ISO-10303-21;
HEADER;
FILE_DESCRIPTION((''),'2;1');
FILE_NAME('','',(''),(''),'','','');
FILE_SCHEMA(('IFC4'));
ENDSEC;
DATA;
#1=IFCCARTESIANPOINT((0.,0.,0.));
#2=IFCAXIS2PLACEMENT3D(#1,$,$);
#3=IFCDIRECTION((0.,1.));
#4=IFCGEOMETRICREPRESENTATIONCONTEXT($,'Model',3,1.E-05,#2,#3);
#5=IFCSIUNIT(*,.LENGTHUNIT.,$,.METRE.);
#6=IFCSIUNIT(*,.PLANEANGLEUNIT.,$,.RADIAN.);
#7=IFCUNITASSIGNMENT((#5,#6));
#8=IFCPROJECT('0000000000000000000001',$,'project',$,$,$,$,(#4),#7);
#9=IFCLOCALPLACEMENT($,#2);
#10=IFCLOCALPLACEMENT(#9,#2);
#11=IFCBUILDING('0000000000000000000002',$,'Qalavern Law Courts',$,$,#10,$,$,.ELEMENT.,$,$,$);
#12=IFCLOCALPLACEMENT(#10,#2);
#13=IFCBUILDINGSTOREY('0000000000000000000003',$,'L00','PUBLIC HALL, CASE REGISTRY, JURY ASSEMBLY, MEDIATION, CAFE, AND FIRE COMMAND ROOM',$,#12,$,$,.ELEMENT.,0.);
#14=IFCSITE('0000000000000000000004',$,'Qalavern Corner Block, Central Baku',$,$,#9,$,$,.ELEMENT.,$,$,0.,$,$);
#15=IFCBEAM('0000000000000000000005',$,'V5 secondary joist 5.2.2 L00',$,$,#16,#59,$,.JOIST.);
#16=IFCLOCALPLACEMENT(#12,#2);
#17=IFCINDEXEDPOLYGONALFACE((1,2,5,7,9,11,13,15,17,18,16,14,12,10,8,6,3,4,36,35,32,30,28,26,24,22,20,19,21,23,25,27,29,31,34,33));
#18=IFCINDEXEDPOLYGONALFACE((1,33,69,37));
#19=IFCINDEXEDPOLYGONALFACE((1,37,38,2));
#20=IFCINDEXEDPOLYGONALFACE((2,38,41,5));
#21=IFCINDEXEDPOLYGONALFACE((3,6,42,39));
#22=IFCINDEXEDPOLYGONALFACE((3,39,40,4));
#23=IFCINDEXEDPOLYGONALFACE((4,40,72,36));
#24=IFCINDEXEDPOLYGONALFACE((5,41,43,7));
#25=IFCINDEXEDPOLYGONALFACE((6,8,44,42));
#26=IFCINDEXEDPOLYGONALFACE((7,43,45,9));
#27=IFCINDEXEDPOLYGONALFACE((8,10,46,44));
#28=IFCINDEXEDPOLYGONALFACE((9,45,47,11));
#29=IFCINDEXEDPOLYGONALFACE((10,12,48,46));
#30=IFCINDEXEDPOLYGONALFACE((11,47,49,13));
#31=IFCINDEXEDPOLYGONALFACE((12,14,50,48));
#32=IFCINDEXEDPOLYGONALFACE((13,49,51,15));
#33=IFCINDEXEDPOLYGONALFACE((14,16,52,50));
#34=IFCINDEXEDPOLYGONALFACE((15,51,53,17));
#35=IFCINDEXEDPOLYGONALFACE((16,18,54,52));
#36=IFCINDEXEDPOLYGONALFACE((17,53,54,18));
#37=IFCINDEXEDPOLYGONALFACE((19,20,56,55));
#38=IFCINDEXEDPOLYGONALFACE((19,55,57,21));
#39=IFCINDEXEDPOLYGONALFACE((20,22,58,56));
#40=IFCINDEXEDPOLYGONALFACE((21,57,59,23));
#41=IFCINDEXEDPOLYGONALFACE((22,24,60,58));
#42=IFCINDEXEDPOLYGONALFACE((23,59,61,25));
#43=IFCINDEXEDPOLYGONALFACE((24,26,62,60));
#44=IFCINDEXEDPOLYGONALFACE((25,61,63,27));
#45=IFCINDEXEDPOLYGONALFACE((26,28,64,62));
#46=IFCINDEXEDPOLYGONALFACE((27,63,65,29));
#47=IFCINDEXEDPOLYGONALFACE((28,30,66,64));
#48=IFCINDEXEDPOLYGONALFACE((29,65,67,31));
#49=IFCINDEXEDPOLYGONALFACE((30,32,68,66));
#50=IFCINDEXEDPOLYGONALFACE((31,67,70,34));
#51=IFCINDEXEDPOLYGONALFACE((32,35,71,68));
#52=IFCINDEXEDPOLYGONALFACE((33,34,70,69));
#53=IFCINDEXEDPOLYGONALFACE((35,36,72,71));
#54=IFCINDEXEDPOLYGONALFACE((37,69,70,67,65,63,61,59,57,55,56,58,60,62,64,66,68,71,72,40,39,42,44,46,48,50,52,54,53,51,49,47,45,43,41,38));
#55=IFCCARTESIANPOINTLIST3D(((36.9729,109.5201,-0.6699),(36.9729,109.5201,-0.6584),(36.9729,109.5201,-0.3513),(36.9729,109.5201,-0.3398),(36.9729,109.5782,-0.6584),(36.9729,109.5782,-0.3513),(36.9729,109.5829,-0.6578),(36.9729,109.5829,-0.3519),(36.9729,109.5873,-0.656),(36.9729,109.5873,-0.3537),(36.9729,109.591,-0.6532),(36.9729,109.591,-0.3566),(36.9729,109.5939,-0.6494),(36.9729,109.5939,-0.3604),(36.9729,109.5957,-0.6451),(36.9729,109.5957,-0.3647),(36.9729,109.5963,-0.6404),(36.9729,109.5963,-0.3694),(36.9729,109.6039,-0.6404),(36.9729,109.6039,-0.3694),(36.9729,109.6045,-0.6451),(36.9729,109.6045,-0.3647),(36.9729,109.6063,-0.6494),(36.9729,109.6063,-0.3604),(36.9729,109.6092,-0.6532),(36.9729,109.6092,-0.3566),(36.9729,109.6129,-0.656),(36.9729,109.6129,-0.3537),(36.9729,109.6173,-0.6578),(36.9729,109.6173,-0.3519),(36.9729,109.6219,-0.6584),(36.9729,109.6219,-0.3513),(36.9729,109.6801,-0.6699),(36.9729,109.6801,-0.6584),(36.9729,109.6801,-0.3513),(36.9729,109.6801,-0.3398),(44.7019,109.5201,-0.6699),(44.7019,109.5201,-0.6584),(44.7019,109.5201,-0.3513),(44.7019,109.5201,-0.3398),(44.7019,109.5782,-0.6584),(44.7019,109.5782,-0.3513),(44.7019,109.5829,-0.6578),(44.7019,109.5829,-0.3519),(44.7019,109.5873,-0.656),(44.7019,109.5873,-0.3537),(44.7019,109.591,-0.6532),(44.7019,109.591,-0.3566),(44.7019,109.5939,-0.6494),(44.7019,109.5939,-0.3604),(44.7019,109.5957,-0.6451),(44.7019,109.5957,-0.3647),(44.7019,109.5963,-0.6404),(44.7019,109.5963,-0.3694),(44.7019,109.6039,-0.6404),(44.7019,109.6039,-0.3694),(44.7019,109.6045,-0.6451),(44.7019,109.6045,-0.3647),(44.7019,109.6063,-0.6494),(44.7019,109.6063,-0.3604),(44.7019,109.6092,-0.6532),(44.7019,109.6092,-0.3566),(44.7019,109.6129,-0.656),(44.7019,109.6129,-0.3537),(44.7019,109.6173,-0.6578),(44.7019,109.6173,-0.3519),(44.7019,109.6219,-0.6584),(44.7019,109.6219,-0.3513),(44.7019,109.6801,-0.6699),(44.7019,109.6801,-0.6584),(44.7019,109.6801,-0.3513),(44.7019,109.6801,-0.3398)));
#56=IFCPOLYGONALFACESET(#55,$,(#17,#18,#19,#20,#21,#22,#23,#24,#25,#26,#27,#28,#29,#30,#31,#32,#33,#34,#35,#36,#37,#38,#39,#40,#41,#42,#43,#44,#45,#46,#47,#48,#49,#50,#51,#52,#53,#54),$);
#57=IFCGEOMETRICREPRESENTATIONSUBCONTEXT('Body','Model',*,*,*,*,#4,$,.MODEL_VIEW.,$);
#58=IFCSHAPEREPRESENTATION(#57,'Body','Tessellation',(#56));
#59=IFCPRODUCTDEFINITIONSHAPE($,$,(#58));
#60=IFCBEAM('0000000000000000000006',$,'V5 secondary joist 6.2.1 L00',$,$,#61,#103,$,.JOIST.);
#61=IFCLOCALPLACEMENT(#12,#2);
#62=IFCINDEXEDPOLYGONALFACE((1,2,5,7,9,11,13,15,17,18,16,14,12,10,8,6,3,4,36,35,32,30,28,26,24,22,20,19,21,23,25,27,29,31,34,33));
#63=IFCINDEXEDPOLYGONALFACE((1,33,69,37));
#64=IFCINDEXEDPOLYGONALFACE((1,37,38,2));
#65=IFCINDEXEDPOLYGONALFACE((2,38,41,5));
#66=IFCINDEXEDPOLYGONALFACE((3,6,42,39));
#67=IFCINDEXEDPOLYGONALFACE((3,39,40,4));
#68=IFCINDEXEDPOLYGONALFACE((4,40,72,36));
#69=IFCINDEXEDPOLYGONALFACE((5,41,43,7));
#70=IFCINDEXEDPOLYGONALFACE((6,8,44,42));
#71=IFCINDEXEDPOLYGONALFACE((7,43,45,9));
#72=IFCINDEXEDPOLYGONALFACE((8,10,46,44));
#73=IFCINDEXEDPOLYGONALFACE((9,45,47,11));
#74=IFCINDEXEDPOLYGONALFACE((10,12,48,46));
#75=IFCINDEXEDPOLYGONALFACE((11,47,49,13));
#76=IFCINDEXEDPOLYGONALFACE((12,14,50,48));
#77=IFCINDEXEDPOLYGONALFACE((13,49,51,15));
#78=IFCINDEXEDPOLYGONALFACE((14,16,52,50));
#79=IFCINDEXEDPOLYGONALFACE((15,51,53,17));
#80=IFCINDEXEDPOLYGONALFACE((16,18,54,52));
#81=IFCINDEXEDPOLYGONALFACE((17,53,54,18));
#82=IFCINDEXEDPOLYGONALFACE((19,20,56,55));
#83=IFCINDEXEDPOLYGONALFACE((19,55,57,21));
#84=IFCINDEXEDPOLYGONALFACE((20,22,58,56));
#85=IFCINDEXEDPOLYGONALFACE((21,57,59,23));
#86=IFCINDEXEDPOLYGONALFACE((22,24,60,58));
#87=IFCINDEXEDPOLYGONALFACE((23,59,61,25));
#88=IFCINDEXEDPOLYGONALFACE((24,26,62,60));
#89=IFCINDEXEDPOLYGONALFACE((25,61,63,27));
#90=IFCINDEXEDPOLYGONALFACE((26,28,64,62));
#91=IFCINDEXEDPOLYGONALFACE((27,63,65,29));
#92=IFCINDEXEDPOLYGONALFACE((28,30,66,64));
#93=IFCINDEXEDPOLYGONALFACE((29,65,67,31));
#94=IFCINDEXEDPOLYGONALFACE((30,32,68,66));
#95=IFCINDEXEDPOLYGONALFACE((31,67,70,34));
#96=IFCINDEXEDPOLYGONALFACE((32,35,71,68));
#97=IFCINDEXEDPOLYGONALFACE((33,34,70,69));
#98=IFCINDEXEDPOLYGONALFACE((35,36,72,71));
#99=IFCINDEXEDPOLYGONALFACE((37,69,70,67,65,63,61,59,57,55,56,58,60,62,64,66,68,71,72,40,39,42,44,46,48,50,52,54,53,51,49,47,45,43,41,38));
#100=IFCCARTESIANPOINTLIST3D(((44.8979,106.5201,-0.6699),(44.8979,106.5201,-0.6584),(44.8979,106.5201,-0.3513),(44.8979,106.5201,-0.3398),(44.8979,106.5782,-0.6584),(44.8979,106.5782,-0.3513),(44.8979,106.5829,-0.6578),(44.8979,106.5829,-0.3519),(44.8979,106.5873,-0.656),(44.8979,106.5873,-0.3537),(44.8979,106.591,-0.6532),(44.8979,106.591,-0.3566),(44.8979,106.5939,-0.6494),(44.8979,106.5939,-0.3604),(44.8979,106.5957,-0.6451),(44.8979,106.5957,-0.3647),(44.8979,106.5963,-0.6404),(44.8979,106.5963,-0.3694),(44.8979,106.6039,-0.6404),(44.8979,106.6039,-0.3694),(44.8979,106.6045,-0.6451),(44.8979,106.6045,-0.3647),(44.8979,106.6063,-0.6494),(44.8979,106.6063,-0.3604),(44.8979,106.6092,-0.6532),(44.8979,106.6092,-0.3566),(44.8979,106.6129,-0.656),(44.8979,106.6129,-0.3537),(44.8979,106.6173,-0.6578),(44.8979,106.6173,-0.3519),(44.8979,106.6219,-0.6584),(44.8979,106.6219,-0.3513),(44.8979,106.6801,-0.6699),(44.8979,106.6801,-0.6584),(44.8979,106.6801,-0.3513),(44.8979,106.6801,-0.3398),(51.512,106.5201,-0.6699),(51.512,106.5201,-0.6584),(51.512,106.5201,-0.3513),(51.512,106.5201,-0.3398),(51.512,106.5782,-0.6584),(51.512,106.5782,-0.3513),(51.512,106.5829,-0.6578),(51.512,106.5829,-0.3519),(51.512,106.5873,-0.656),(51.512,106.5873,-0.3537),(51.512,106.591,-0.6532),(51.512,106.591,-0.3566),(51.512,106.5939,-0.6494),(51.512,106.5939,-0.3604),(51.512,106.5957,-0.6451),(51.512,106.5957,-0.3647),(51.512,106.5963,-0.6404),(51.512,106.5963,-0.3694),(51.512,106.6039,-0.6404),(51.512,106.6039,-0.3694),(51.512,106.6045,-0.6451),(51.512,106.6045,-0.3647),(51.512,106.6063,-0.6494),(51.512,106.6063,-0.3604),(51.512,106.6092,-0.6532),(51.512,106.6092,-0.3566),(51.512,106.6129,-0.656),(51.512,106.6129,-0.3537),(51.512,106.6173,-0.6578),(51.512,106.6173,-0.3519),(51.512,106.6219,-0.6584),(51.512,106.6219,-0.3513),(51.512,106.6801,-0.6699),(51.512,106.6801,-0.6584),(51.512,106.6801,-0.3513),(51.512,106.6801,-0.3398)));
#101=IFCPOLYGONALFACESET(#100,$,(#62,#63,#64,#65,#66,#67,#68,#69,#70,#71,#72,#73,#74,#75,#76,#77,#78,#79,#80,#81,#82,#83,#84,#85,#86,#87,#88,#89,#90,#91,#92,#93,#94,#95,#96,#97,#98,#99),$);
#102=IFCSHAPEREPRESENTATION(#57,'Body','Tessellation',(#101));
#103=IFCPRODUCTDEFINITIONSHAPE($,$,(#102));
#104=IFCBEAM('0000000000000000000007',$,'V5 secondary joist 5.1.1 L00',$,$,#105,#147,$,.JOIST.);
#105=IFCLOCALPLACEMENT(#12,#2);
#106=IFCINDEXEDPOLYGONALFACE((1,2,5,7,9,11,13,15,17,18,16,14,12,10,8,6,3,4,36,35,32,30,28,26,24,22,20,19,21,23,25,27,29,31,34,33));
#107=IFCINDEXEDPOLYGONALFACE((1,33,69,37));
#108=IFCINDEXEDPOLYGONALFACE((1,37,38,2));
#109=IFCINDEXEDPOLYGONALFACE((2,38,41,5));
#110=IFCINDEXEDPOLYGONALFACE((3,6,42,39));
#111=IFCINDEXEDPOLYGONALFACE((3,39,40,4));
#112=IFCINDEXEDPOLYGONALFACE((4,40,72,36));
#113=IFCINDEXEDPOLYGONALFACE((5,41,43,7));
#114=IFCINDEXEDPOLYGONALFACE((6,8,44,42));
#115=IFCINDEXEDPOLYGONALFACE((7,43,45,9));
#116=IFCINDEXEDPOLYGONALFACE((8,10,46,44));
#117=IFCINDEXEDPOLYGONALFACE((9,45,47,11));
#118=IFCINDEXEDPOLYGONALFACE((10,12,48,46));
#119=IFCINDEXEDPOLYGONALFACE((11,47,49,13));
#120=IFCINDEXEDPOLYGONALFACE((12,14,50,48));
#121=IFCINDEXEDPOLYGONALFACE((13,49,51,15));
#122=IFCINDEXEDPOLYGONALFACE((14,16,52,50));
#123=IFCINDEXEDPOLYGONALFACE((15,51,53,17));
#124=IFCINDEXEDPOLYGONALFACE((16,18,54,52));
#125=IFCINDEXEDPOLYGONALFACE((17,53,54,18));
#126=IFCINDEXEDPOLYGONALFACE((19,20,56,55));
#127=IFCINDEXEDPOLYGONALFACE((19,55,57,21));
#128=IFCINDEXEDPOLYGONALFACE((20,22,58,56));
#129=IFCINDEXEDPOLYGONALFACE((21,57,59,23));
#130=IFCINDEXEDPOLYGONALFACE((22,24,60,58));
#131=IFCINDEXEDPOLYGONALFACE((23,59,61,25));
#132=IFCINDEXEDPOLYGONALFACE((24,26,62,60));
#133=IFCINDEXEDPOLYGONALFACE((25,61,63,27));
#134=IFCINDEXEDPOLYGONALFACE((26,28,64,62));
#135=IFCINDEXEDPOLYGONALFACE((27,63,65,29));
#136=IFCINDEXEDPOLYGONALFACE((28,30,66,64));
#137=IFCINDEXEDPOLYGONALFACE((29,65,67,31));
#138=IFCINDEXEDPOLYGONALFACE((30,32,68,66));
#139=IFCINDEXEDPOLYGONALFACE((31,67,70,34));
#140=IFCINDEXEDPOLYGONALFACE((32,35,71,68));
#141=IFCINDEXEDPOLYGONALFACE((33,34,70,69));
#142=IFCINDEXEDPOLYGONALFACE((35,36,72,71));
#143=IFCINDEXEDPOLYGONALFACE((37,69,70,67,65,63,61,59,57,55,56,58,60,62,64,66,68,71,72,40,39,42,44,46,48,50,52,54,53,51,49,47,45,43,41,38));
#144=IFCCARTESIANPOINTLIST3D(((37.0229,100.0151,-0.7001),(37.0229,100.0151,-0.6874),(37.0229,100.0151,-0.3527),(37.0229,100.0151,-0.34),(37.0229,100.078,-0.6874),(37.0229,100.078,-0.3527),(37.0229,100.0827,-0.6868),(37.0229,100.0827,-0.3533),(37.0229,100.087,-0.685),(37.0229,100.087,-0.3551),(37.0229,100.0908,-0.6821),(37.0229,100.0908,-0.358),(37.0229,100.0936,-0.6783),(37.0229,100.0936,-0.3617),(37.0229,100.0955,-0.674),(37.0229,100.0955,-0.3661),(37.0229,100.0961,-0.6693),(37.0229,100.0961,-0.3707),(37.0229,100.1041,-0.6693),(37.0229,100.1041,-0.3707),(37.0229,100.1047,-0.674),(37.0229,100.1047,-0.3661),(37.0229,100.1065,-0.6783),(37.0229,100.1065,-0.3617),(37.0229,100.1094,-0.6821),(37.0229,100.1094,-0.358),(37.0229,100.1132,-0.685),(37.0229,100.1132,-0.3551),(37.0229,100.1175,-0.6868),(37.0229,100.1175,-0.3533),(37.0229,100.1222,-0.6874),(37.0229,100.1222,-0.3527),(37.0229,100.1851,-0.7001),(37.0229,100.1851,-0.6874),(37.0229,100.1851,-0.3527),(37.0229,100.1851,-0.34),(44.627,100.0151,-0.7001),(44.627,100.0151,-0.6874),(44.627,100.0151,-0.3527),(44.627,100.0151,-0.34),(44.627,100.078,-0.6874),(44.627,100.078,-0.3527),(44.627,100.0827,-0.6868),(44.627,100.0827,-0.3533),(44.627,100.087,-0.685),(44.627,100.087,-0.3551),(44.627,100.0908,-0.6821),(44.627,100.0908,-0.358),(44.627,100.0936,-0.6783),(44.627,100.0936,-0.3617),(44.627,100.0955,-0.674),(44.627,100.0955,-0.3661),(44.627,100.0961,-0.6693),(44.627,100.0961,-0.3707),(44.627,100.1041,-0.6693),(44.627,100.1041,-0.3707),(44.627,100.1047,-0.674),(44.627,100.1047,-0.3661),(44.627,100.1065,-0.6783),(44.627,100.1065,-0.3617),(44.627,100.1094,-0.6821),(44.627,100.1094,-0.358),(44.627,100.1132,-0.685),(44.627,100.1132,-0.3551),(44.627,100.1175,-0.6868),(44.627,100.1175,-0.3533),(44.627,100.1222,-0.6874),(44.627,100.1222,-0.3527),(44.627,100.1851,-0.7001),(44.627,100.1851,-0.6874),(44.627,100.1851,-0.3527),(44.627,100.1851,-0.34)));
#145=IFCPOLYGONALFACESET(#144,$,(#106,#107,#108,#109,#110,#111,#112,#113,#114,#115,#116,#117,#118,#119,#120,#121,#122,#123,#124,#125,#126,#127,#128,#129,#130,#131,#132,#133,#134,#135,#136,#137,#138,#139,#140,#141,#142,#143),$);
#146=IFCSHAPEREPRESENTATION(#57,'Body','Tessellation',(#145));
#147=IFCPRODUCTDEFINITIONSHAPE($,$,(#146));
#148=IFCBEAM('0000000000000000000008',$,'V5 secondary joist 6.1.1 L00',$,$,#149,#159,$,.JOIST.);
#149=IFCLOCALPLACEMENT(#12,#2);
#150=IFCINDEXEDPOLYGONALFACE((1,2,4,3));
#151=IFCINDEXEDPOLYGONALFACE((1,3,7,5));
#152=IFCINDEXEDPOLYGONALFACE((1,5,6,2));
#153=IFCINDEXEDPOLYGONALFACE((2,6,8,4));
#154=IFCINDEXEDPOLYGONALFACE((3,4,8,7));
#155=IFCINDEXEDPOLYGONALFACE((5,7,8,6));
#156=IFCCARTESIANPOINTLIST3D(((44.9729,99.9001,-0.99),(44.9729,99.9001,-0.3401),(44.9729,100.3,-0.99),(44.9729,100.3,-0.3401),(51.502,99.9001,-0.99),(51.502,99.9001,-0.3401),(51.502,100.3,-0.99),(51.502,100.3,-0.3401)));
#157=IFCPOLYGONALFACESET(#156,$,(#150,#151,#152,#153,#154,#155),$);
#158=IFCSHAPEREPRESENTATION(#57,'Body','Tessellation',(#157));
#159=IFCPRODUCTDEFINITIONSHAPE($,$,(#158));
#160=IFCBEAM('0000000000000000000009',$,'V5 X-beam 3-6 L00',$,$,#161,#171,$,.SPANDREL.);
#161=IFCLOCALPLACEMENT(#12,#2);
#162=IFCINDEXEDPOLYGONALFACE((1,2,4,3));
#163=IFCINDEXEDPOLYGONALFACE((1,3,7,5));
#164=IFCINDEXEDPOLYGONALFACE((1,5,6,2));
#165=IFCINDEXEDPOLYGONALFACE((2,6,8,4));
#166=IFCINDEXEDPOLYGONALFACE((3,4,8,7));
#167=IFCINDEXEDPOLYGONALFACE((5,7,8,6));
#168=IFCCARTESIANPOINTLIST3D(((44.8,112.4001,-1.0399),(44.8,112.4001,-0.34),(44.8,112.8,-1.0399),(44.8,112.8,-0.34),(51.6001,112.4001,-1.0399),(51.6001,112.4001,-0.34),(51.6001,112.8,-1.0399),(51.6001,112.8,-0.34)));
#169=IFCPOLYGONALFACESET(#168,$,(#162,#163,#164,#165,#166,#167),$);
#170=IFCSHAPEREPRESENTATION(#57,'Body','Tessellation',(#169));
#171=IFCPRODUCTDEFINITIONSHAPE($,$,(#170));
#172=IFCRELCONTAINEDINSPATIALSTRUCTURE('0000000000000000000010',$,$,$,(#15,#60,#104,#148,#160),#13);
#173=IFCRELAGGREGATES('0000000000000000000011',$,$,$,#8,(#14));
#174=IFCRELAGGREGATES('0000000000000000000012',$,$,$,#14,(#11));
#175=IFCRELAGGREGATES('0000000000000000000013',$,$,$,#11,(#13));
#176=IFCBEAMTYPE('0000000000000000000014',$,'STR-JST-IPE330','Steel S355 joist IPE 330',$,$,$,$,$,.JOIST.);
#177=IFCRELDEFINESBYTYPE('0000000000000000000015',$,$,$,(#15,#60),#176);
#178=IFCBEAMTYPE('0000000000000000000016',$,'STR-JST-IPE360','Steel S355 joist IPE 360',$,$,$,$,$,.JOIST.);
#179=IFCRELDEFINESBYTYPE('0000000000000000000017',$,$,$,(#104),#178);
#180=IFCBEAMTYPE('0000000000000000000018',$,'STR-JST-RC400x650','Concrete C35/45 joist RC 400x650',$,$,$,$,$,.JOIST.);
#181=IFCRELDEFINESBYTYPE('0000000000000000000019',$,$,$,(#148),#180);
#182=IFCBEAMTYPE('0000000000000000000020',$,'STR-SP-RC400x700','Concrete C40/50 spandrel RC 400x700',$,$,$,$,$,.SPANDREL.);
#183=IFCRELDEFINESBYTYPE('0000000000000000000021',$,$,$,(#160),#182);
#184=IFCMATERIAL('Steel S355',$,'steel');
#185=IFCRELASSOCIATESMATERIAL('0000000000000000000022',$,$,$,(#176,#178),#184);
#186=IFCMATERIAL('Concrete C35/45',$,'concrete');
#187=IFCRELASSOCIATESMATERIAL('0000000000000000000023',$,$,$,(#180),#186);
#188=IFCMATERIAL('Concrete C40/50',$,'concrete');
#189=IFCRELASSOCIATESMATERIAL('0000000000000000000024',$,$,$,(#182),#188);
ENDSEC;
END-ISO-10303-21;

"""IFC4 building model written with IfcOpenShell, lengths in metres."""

from ifc_helpers import new_model, si_unit, direction, frame, origin, origin_2d, place, context, subcontext, project, spatial, rectangle, i_section, extrude, material, material_profile, profile_set, type_object, element, save


model = new_model("IFC4")

# Units and contexts
model_context = context("Model", 3, precision=1e-05, world=origin(), true_north=direction((0.0, 1.0)))
body_context = subcontext(model_context, "Body", "Model", "MODEL_VIEW")
ifc_project = project(units=[si_unit("LENGTHUNIT", "METRE"), si_unit("PLANEANGLEUNIT", "RADIAN")], contexts=[model_context])

# Site, building, storey
site_placement = place(None, origin())
site = spatial("IfcSite", under=ifc_project, at=site_placement, Name="Qalavern Corner Block, Central Baku", CompositionType="ELEMENT", RefElevation=0.0)
building_placement = place(site_placement, origin())
building = spatial("IfcBuilding", under=site, at=building_placement, Name="Qalavern Law Courts", CompositionType="ELEMENT")
storey_placement = place(building_placement, origin())
storey = spatial("IfcBuildingStorey", under=building, at=storey_placement, Name="L00", Description="PUBLIC HALL, CASE REGISTRY, JURY ASSEMBLY, MEDIATION, CAFE, AND FIRE COMMAND ROOM", CompositionType="ELEMENT", Elevation=0.0)

# Beams
ifc_material_1 = material(Name="Steel S355", Category="steel")
ifc_material_profile_1 = material_profile(ifc_material_1, i_section(OverallWidth=0.1599, OverallDepth=0.3301, WebThickness=0.0076, FlangeThickness=0.0115, FilletRadius=0.0181, at=origin_2d()), Name="IPE 330")
ifc_profile_set_1 = profile_set([ifc_material_profile_1], Name="Steel S355")
beam_type_1 = type_object("IfcBeamType", Name="STR-JST-IPE330", Description="Steel S355 joist IPE 330", PredefinedType="JOIST", material=ifc_profile_set_1)
beam_1_placement = place(storey_placement, frame((36.9729, 109.6001, -0.5049), z_axis=(1.0, 0.0, 0.0), x_axis=(0.0, 1.0, 0.0)))
element("IfcBeam", 1, at=beam_1_placement, inside=storey, type_object=beam_type_1, Name="V5 secondary joist 5.2.2 L00", PredefinedType="JOIST", context=body_context, shape_type="SweptSolid", body=[
    extrude(i_section(OverallWidth=0.1599, OverallDepth=0.3301, WebThickness=0.0076, FlangeThickness=0.0115, FilletRadius=0.0181, at=origin_2d()), origin(), (0.0, 0.0, 1.0), 7.729),
])
beam_2_placement = place(storey_placement, frame((44.8979, 106.6001, -0.5049), z_axis=(1.0, 0.0, 0.0), x_axis=(0.0, 1.0, 0.0)))
element("IfcBeam", 2, at=beam_2_placement, inside=storey, type_object=beam_type_1, Name="V5 secondary joist 6.2.1 L00", PredefinedType="JOIST", context=body_context, shape_type="SweptSolid", body=[
    extrude(i_section(OverallWidth=0.1599, OverallDepth=0.3301, WebThickness=0.0076, FlangeThickness=0.0115, FilletRadius=0.0181, at=origin_2d()), origin(), (0.0, 0.0, 1.0), 6.614),
])
ifc_material_profile_2 = material_profile(ifc_material_1, i_section(OverallWidth=0.1699, OverallDepth=0.3601, WebThickness=0.0081, FlangeThickness=0.0127, FilletRadius=0.0181, at=origin_2d()), Name="IPE 360")
ifc_profile_set_2 = profile_set([ifc_material_profile_2], Name="Steel S355")
beam_type_2 = type_object("IfcBeamType", Name="STR-JST-IPE360", Description="Steel S355 joist IPE 360", PredefinedType="JOIST", material=ifc_profile_set_2)
beam_3_placement = place(storey_placement, frame((37.0229, 100.1001, -0.52), z_axis=(1.0, 0.0, 0.0), x_axis=(0.0, 1.0, 0.0)))
element("IfcBeam", 3, at=beam_3_placement, inside=storey, type_object=beam_type_2, Name="V5 secondary joist 5.1.1 L00", PredefinedType="JOIST", context=body_context, shape_type="SweptSolid", body=[
    extrude(i_section(OverallWidth=0.1699, OverallDepth=0.3601, WebThickness=0.0081, FlangeThickness=0.0127, FilletRadius=0.0181, at=origin_2d()), origin(), (0.0, 0.0, 1.0), 7.604),
])
ifc_material_2 = material(Name="Concrete C35/45", Category="concrete")
ifc_material_profile_3 = material_profile(ifc_material_2, rectangle(XDim=0.3999, YDim=0.6499, at=origin_2d()), Name="RC 400x650")
ifc_profile_set_3 = profile_set([ifc_material_profile_3], Name="Concrete C35/45")
beam_type_3 = type_object("IfcBeamType", Name="STR-JST-RC400x650", Description="Concrete C35/45 joist RC 400x650", PredefinedType="JOIST", material=ifc_profile_set_3)
beam_4_placement = place(storey_placement, frame((44.9729, 100.1001, -0.665), z_axis=(1.0, 0.0, 0.0), x_axis=(0.0, 1.0, 0.0)))
element("IfcBeam", 4, at=beam_4_placement, inside=storey, type_object=beam_type_3, Name="V5 secondary joist 6.1.1 L00", PredefinedType="JOIST", context=body_context, shape_type="SweptSolid", body=[
    extrude(rectangle(XDim=0.3999, YDim=0.6499, at=origin_2d()), origin(), (0.0, 0.0, 1.0), 6.5291),
])
ifc_material_3 = material(Name="Concrete C40/50", Category="concrete")
ifc_material_profile_4 = material_profile(ifc_material_3, rectangle(XDim=0.3999, YDim=0.7, at=origin_2d()), Name="RC 400x700")
ifc_profile_set_4 = profile_set([ifc_material_profile_4], Name="Concrete C40/50")
beam_type_4 = type_object("IfcBeamType", Name="STR-SP-RC400x700", Description="Concrete C40/50 spandrel RC 400x700", PredefinedType="SPANDREL", material=ifc_profile_set_4)
beam_5_placement = place(storey_placement, frame((44.8, 112.6001, -0.6899), z_axis=(1.0, 0.0, 0.0), x_axis=(0.0, 1.0, 0.0)))
element("IfcBeam", 5, at=beam_5_placement, inside=storey, type_object=beam_type_4, Name="V5 X-beam 3-6 L00", PredefinedType="SPANDREL", context=body_context, shape_type="SweptSolid", body=[
    extrude(rectangle(XDim=0.3999, YDim=0.7, at=origin_2d()), origin(), (0.0, 0.0, 1.0), 6.8),
])

save(model, "model.ifc")
